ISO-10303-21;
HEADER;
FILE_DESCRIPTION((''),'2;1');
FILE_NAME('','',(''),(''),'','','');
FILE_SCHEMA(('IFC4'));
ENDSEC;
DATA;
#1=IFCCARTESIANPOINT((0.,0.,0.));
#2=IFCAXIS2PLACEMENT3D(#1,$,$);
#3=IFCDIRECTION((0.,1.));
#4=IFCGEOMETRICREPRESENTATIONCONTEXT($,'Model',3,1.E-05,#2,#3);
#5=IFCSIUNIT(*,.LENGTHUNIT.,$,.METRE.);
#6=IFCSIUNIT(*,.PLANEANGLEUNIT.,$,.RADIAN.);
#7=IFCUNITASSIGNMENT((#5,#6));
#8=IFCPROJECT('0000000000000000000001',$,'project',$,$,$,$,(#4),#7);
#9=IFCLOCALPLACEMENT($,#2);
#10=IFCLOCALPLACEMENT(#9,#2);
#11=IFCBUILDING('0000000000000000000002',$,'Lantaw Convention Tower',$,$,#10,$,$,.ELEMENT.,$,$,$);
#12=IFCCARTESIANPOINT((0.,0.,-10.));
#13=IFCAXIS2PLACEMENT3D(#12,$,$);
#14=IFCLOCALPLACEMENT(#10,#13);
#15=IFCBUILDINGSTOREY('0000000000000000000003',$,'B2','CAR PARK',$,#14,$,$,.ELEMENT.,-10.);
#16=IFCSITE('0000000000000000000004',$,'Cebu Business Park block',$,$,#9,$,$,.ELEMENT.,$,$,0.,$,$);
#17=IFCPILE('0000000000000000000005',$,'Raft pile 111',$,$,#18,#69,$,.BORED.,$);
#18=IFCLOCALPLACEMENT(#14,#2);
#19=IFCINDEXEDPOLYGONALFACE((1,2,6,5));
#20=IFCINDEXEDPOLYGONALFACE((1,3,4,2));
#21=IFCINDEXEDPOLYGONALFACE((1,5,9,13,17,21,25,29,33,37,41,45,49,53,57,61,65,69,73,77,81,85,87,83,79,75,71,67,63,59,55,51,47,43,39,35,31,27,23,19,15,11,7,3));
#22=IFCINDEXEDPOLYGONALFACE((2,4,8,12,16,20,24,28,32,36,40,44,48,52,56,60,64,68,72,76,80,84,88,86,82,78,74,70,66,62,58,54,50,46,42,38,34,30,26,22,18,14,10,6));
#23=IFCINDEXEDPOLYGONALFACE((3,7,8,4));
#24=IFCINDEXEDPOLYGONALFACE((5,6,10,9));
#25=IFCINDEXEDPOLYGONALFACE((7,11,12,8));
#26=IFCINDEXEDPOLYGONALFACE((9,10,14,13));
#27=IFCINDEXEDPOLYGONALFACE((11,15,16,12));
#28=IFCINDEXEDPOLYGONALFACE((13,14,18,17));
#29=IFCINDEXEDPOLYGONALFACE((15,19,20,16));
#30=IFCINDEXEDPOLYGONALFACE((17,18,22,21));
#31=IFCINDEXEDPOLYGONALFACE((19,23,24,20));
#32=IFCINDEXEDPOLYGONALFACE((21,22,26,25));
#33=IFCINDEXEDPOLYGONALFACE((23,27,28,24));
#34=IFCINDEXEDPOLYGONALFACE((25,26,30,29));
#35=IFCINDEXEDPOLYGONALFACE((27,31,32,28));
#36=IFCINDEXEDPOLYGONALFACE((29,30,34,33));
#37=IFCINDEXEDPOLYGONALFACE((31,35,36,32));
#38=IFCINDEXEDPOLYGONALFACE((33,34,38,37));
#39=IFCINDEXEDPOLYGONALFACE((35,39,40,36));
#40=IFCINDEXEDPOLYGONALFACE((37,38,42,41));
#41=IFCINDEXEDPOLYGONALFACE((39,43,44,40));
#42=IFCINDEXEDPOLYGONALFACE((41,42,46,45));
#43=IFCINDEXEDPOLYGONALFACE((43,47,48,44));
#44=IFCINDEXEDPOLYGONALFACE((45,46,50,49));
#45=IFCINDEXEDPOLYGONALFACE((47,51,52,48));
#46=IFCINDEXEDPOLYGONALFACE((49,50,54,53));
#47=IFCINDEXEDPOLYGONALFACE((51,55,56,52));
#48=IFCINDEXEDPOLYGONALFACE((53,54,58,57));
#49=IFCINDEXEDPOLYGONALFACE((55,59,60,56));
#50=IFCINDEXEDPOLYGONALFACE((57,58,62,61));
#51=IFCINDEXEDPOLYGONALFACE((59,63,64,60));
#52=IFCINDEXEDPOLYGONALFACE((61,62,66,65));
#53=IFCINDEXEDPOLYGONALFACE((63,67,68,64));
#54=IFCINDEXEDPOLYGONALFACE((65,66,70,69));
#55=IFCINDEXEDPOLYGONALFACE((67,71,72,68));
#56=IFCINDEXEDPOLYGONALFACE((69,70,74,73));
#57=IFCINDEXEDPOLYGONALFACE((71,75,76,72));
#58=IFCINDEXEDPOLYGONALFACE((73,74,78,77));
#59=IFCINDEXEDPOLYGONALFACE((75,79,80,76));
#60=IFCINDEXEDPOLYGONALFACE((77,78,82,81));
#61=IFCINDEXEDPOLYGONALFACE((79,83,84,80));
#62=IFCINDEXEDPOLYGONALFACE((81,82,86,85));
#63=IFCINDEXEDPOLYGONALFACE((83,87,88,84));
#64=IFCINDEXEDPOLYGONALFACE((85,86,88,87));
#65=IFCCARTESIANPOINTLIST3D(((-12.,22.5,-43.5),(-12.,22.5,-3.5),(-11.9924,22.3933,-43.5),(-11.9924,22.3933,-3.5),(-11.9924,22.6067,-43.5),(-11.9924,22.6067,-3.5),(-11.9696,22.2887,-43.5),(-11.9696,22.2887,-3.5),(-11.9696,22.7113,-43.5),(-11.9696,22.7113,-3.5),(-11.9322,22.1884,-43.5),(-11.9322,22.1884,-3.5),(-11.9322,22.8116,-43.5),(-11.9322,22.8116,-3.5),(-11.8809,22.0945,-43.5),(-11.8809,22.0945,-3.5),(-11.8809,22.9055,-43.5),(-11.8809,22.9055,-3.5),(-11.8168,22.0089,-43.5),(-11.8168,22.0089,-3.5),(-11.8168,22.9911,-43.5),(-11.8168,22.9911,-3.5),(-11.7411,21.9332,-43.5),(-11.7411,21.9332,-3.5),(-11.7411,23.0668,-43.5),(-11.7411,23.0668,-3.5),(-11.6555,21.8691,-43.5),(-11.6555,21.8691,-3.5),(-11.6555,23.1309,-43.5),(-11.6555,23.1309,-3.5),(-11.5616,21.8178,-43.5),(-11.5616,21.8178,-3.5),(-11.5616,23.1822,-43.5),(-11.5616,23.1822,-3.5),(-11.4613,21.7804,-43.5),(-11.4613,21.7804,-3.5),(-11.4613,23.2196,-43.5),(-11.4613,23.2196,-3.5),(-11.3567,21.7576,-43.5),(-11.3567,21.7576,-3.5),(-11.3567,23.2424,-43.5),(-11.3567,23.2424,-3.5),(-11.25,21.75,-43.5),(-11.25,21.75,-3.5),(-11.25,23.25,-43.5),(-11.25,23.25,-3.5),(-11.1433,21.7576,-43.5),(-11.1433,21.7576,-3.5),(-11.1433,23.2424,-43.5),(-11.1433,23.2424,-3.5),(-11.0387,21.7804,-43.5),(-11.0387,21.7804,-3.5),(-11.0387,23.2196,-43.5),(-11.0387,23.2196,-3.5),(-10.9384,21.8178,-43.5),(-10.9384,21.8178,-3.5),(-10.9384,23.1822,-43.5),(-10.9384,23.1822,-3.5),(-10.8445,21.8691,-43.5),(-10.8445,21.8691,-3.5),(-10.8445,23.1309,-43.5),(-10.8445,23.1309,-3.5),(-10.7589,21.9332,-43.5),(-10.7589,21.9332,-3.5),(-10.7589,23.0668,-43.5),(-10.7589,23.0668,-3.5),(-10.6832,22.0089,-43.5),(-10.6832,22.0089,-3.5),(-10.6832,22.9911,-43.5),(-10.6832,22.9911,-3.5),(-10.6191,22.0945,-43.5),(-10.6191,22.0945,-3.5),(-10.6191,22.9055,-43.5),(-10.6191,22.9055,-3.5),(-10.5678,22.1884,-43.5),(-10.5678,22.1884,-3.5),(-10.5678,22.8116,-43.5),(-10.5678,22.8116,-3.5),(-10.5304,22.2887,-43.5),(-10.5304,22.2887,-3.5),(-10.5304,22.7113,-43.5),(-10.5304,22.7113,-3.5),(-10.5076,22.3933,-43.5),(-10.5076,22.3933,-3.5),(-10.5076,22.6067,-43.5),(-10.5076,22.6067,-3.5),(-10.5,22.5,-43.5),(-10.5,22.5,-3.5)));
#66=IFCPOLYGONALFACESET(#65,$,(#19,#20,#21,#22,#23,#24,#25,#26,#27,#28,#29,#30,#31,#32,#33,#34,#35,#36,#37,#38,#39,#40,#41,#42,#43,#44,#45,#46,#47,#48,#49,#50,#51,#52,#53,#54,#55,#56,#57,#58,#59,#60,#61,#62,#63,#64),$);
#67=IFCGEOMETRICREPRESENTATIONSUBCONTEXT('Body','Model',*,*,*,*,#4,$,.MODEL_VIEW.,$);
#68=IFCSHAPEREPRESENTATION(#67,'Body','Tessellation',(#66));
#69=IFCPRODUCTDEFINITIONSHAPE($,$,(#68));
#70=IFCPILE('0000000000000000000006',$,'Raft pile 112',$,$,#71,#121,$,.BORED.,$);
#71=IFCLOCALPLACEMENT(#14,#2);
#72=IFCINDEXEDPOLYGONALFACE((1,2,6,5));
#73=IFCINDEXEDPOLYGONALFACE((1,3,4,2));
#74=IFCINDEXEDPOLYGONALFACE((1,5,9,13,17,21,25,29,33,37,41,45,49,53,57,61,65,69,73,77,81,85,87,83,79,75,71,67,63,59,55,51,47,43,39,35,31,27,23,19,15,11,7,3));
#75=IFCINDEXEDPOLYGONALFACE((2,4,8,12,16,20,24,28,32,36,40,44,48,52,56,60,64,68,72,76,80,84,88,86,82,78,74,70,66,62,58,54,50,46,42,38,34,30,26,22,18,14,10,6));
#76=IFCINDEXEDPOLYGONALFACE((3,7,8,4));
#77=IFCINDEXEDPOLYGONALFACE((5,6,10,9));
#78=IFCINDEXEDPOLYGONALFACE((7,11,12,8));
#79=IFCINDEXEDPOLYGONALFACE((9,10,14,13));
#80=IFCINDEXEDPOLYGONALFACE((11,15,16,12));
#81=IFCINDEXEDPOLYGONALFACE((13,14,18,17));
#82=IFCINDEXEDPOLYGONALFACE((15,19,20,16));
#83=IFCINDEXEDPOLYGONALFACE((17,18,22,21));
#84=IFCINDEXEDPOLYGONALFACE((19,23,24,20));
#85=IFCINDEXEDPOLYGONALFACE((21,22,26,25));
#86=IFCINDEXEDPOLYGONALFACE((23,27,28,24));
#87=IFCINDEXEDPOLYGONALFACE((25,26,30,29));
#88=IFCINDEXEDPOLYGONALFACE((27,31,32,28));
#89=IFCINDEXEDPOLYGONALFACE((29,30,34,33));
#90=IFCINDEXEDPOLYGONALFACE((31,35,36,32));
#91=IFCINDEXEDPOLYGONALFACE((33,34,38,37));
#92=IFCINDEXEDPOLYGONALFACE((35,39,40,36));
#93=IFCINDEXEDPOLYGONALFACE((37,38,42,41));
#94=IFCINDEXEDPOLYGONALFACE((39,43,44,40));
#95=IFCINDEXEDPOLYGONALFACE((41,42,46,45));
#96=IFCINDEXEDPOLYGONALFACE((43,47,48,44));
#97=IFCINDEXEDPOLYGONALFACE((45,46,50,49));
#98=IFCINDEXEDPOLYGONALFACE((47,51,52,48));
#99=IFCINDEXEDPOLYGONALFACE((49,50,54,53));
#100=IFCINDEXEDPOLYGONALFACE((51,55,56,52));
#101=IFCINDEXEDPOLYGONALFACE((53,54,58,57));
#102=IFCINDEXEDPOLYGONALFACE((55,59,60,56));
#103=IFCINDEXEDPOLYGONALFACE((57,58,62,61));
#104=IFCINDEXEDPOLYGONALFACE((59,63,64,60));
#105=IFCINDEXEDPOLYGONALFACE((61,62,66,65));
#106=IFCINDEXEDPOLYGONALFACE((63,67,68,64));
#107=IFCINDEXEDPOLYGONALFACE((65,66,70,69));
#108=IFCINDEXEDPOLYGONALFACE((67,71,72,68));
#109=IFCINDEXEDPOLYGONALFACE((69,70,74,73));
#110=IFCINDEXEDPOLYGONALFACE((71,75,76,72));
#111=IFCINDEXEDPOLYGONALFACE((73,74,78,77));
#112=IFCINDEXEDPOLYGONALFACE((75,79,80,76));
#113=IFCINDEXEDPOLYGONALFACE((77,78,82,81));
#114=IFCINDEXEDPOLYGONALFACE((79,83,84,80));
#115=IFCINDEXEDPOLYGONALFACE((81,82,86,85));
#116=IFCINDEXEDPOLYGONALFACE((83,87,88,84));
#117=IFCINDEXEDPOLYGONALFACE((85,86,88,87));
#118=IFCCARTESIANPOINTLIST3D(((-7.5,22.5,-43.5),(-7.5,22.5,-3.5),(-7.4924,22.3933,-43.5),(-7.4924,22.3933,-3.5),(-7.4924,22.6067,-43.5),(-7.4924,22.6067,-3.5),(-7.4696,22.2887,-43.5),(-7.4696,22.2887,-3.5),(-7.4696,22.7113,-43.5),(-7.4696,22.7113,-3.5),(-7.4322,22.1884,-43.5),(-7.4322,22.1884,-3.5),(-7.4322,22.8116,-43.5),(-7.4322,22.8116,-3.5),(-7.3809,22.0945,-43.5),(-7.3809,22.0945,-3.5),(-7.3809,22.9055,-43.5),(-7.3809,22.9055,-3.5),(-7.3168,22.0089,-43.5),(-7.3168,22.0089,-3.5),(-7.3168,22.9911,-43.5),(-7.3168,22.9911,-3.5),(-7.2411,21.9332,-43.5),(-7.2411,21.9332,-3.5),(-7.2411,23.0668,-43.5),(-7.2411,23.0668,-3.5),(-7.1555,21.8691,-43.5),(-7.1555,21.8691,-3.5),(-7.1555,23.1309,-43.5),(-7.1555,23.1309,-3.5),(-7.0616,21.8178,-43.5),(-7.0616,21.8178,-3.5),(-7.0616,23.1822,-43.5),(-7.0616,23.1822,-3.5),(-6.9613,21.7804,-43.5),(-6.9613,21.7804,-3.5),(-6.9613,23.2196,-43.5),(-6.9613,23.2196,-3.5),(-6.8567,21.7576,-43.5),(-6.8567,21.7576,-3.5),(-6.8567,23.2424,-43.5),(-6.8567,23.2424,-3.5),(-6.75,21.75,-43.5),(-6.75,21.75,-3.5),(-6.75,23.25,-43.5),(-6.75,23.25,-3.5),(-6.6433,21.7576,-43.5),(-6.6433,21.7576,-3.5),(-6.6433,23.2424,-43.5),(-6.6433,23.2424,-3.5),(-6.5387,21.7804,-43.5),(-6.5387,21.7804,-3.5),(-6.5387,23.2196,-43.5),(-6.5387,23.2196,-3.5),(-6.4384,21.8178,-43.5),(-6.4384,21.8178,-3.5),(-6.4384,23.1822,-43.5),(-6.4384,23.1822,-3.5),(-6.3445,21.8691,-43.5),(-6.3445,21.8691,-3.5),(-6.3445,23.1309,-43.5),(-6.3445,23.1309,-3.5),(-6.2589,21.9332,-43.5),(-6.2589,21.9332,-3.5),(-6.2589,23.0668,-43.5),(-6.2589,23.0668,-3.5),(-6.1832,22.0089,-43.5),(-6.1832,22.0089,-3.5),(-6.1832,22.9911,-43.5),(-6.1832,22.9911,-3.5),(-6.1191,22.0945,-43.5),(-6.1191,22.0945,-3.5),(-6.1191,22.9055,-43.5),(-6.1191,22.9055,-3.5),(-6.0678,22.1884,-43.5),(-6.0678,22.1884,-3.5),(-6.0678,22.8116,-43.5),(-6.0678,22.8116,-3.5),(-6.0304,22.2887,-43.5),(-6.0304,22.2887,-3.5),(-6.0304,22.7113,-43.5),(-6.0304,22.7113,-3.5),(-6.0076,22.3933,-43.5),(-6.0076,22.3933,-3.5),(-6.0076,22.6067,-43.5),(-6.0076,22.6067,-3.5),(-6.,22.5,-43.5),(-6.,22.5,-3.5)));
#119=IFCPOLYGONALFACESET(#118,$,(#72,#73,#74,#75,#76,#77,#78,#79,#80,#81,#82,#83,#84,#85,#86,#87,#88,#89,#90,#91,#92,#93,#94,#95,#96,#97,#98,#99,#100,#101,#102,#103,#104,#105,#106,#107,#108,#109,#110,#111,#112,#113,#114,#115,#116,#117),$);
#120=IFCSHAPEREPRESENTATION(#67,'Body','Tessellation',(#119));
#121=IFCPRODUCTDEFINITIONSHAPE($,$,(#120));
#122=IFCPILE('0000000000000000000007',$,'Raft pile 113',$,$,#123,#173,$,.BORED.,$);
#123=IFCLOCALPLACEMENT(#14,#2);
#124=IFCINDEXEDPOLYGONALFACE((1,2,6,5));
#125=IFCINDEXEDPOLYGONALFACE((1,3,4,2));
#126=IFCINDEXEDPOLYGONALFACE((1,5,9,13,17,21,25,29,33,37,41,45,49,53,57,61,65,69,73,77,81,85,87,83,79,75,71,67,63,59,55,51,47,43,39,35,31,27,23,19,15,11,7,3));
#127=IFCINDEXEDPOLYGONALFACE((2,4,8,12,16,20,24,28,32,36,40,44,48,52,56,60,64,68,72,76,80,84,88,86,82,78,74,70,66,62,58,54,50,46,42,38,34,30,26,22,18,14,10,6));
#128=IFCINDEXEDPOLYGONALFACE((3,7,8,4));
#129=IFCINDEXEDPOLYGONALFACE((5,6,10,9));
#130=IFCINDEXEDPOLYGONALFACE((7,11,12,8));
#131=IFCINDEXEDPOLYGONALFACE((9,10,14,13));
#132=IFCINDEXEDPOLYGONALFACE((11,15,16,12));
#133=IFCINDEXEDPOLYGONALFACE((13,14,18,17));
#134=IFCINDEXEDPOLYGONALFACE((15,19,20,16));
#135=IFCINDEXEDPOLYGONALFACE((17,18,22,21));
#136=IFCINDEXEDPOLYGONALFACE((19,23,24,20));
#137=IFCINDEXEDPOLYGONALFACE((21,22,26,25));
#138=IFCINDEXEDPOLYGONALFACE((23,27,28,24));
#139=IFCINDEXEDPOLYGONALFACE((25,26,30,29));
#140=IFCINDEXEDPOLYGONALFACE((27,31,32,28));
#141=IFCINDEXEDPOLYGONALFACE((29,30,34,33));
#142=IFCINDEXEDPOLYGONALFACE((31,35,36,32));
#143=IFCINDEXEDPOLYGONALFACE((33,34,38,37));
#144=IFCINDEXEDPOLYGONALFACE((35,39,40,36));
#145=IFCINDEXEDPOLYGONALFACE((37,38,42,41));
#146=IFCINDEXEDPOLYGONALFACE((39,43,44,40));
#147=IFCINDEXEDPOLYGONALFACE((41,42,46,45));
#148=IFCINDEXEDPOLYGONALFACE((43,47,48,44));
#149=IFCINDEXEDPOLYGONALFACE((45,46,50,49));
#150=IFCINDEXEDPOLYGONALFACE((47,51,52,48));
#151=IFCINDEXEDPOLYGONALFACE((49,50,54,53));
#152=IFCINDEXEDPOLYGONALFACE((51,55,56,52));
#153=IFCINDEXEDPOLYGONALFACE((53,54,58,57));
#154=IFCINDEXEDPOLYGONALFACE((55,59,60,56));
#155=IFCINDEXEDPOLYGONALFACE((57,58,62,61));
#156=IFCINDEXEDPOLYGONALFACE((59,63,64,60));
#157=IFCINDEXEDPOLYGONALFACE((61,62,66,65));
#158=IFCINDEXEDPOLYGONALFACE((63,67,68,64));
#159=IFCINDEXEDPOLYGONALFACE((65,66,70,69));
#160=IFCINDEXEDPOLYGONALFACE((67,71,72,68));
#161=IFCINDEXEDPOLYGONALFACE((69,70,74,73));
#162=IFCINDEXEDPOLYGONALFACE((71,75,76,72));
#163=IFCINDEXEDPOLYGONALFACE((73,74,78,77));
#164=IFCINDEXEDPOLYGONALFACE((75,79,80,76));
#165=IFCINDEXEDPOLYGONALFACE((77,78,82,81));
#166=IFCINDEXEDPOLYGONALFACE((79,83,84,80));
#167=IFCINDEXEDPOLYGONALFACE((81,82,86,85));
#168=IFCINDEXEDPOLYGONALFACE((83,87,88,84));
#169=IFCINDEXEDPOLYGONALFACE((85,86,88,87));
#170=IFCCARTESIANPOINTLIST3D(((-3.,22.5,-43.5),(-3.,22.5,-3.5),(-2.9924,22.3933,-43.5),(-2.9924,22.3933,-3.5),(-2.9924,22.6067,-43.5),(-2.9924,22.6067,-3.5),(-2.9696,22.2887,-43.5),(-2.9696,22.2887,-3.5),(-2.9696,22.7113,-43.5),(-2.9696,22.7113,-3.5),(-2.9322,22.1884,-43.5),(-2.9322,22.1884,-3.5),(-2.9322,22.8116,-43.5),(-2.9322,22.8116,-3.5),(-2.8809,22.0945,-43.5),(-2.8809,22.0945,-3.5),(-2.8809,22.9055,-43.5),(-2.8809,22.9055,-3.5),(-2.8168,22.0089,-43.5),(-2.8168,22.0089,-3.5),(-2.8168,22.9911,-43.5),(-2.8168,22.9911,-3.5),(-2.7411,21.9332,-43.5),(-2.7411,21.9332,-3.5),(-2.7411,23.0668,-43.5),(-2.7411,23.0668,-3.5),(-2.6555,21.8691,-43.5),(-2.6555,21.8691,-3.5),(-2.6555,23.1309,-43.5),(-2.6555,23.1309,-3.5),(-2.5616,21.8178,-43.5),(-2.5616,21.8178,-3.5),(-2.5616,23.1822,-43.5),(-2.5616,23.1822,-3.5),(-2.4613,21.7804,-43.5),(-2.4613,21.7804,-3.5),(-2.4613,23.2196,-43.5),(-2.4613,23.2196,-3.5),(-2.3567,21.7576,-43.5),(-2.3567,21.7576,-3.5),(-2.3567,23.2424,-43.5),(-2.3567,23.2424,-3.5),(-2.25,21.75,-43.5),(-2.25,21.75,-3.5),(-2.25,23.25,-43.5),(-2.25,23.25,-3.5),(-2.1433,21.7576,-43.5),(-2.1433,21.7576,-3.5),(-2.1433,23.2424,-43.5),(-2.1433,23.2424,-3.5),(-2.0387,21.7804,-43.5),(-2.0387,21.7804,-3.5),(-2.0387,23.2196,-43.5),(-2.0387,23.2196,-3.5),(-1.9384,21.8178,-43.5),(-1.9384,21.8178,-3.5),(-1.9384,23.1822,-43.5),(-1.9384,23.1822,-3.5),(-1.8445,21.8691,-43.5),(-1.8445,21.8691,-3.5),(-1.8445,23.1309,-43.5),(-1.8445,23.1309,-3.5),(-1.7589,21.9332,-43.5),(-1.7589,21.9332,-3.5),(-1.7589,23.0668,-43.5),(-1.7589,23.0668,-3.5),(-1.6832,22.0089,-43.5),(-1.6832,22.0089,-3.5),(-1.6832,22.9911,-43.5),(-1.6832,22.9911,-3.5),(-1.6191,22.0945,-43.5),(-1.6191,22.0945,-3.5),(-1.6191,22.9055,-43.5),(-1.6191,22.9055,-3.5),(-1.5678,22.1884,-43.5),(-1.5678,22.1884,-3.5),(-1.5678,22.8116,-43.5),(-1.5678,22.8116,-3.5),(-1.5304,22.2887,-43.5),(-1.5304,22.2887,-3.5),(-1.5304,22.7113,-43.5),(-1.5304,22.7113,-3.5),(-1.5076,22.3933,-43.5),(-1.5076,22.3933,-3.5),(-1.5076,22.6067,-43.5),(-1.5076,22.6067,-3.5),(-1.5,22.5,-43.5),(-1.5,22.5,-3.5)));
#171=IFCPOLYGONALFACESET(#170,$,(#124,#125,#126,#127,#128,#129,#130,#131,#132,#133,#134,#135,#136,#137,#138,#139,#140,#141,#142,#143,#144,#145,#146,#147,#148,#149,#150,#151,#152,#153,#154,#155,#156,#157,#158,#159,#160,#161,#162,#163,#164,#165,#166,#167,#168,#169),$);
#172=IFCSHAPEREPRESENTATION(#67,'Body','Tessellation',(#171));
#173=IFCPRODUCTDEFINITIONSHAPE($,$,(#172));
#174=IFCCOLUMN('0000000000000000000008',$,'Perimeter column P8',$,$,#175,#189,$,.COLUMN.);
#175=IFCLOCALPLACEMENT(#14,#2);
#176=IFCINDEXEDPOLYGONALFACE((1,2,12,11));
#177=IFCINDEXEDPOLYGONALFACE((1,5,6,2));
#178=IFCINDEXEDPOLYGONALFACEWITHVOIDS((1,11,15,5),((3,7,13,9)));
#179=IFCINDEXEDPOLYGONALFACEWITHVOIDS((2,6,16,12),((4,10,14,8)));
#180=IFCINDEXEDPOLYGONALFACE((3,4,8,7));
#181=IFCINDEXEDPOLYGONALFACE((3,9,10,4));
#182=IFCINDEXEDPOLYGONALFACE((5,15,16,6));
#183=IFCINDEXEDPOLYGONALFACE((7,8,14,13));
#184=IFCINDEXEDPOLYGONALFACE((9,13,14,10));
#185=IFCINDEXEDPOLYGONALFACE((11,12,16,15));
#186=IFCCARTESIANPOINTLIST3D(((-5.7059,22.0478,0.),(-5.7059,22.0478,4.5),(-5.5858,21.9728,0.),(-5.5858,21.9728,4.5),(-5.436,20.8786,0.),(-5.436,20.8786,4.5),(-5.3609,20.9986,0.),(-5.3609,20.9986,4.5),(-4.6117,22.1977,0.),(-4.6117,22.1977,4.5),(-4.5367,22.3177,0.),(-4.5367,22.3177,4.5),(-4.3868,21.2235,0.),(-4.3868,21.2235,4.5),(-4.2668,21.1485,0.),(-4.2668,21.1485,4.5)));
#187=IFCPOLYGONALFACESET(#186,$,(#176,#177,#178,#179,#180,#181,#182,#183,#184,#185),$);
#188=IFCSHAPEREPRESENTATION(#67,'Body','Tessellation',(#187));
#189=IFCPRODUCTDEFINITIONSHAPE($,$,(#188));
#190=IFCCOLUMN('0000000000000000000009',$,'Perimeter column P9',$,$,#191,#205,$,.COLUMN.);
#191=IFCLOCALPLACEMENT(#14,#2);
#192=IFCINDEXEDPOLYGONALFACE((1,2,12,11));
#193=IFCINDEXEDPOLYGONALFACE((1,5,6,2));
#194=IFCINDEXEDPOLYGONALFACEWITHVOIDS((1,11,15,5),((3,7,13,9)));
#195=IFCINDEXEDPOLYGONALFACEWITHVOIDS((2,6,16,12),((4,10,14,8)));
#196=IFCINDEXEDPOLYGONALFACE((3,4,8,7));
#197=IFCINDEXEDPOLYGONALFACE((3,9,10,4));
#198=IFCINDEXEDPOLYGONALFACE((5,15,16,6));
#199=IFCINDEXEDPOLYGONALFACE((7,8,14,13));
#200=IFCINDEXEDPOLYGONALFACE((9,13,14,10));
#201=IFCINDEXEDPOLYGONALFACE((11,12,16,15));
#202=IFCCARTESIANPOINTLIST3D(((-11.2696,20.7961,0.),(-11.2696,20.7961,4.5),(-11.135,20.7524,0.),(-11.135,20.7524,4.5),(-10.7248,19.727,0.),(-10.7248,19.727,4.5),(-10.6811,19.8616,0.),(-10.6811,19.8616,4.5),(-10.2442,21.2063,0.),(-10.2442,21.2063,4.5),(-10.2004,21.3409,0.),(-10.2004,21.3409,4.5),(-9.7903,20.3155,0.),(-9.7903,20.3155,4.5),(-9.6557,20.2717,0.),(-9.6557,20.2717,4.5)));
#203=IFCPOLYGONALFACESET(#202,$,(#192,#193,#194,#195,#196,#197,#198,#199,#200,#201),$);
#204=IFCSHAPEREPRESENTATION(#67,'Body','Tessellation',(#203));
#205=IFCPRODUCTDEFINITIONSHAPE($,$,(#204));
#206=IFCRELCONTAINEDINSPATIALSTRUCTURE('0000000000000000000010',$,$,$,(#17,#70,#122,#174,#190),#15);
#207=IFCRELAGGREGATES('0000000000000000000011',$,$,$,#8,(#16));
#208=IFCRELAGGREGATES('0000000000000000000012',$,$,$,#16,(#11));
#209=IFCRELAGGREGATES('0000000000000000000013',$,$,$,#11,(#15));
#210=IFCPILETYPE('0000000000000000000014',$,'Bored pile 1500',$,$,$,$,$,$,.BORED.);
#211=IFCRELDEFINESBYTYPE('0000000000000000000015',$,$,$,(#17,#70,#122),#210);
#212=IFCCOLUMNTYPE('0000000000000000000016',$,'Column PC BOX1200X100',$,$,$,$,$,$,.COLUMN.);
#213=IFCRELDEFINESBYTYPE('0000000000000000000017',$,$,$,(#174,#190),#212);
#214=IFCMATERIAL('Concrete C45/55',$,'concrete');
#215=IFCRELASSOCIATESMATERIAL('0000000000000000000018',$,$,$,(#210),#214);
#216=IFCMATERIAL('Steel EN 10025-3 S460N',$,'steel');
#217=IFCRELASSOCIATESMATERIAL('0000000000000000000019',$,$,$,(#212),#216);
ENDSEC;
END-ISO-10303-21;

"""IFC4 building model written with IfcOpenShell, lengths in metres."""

from ifc_helpers import new_model, si_unit, direction, frame, origin, origin_2d, place, context, subcontext, project, spatial, rectangle, hollow_rectangle, circle, extrude, material, material_profile, profile_set, type_object, element, save


model = new_model("IFC4")

# Units and contexts
model_context = context("Model", 3, precision=1e-05, world=origin(), true_north=direction((0.0, 1.0)))
body_context = subcontext(model_context, "Body", "Model", "MODEL_VIEW")
ifc_project = project(units=[si_unit("LENGTHUNIT", "METRE"), si_unit("PLANEANGLEUNIT", "RADIAN")], contexts=[model_context])

# Site, building, storey
site_placement = place(None, origin())
site = spatial("IfcSite", under=ifc_project, at=site_placement, Name="Cebu Business Park block", CompositionType="ELEMENT", RefElevation=0.0)
building_placement = place(site_placement, origin())
building = spatial("IfcBuilding", under=site, at=building_placement, Name="Lantaw Convention Tower", CompositionType="ELEMENT")
storey_placement = place(building_placement, frame((0.0, 0.0, -10.0)))
storey = spatial("IfcBuildingStorey", under=building, at=storey_placement, Name="B2", Description="CAR PARK", CompositionType="ELEMENT", Elevation=-10.0)

# Piles
ifc_material_1 = material(Name="Concrete C45/55", Category="concrete")
ifc_material_profile_1 = material_profile(ifc_material_1, circle(Radius=0.75, at=origin_2d()), Name="Bored pile 1500")
ifc_profile_set_1 = profile_set([ifc_material_profile_1], Name="Concrete C45/55")
pile_type_1 = type_object("IfcPileType", Name="Bored pile 1500", PredefinedType="BORED", material=ifc_profile_set_1)
for number, where, z_axis, x_axis, name in (
    (1, (-11.25, 22.5, -3.5), (0.0, 0.0, -1.0), (1.0, 0.0, 0.0), "Raft pile 111"),
    (2, (-6.75, 22.5, -3.5), (0.0, 0.0, -1.0), (1.0, 0.0, 0.0), "Raft pile 112"),
    (3, (-2.25, 22.5, -3.5), (0.0, 0.0, -1.0), (1.0, 0.0, 0.0), "Raft pile 113"),
):
    element("IfcPile", number, at=place(storey_placement, frame(where, z_axis=z_axis, x_axis=x_axis)), inside=storey, type_object=pile_type_1, Name=name, PredefinedType="BORED", context=body_context, shape_type="SweptSolid", body=[
        extrude(circle(Radius=0.75, at=origin_2d()), origin(), (0.0, 0.0, 1.0), 40.0),
    ])

# Columns
ifc_material_2 = material(Name="Steel EN 10025-3 S460N", Category="steel")
ifc_material_profile_2 = material_profile(ifc_material_2, hollow_rectangle(XDim=1.2, YDim=1.2, WallThickness=0.1001, at=origin_2d()), Name="BOX1200X100")
ifc_material_3 = material(Name="Concrete C60/75", Category="concrete")
ifc_material_profile_3 = material_profile(ifc_material_3, rectangle(XDim=1.0, YDim=1.0, at=origin_2d()), Name="Concrete fill of BOX1200X100")
ifc_profile_set_2 = profile_set([ifc_material_profile_2, ifc_material_profile_3], Name="Steel EN 10025-3 S460N")
column_type_1 = type_object("IfcColumnType", Name="Column PC BOX1200X100", PredefinedType="COLUMN", material=ifc_profile_set_2)
for number, where, z_axis, x_axis, name in (
    (4, (-4.9863, 21.5981, 0.0), (0.0, 0.0, 1.0), (0.97437, 0.224951, 0.0), "Perimeter column P8"),
    (5, (-10.4626, 20.5339, 0.0), (0.0, 0.0, 1.0), (0.891007, 0.45399, 0.0), "Perimeter column P9"),
):
    element("IfcColumn", number, at=place(storey_placement, frame(where, z_axis=z_axis, x_axis=x_axis)), inside=storey, type_object=column_type_1, Name=name, PredefinedType="COLUMN", context=body_context, shape_type="SweptSolid", body=[
        extrude(hollow_rectangle(XDim=1.2, YDim=1.2, WallThickness=0.1001, at=origin_2d()), origin(), (0.0, 0.0, 1.0), 4.5),
    ])

save(model, "model.ifc")
